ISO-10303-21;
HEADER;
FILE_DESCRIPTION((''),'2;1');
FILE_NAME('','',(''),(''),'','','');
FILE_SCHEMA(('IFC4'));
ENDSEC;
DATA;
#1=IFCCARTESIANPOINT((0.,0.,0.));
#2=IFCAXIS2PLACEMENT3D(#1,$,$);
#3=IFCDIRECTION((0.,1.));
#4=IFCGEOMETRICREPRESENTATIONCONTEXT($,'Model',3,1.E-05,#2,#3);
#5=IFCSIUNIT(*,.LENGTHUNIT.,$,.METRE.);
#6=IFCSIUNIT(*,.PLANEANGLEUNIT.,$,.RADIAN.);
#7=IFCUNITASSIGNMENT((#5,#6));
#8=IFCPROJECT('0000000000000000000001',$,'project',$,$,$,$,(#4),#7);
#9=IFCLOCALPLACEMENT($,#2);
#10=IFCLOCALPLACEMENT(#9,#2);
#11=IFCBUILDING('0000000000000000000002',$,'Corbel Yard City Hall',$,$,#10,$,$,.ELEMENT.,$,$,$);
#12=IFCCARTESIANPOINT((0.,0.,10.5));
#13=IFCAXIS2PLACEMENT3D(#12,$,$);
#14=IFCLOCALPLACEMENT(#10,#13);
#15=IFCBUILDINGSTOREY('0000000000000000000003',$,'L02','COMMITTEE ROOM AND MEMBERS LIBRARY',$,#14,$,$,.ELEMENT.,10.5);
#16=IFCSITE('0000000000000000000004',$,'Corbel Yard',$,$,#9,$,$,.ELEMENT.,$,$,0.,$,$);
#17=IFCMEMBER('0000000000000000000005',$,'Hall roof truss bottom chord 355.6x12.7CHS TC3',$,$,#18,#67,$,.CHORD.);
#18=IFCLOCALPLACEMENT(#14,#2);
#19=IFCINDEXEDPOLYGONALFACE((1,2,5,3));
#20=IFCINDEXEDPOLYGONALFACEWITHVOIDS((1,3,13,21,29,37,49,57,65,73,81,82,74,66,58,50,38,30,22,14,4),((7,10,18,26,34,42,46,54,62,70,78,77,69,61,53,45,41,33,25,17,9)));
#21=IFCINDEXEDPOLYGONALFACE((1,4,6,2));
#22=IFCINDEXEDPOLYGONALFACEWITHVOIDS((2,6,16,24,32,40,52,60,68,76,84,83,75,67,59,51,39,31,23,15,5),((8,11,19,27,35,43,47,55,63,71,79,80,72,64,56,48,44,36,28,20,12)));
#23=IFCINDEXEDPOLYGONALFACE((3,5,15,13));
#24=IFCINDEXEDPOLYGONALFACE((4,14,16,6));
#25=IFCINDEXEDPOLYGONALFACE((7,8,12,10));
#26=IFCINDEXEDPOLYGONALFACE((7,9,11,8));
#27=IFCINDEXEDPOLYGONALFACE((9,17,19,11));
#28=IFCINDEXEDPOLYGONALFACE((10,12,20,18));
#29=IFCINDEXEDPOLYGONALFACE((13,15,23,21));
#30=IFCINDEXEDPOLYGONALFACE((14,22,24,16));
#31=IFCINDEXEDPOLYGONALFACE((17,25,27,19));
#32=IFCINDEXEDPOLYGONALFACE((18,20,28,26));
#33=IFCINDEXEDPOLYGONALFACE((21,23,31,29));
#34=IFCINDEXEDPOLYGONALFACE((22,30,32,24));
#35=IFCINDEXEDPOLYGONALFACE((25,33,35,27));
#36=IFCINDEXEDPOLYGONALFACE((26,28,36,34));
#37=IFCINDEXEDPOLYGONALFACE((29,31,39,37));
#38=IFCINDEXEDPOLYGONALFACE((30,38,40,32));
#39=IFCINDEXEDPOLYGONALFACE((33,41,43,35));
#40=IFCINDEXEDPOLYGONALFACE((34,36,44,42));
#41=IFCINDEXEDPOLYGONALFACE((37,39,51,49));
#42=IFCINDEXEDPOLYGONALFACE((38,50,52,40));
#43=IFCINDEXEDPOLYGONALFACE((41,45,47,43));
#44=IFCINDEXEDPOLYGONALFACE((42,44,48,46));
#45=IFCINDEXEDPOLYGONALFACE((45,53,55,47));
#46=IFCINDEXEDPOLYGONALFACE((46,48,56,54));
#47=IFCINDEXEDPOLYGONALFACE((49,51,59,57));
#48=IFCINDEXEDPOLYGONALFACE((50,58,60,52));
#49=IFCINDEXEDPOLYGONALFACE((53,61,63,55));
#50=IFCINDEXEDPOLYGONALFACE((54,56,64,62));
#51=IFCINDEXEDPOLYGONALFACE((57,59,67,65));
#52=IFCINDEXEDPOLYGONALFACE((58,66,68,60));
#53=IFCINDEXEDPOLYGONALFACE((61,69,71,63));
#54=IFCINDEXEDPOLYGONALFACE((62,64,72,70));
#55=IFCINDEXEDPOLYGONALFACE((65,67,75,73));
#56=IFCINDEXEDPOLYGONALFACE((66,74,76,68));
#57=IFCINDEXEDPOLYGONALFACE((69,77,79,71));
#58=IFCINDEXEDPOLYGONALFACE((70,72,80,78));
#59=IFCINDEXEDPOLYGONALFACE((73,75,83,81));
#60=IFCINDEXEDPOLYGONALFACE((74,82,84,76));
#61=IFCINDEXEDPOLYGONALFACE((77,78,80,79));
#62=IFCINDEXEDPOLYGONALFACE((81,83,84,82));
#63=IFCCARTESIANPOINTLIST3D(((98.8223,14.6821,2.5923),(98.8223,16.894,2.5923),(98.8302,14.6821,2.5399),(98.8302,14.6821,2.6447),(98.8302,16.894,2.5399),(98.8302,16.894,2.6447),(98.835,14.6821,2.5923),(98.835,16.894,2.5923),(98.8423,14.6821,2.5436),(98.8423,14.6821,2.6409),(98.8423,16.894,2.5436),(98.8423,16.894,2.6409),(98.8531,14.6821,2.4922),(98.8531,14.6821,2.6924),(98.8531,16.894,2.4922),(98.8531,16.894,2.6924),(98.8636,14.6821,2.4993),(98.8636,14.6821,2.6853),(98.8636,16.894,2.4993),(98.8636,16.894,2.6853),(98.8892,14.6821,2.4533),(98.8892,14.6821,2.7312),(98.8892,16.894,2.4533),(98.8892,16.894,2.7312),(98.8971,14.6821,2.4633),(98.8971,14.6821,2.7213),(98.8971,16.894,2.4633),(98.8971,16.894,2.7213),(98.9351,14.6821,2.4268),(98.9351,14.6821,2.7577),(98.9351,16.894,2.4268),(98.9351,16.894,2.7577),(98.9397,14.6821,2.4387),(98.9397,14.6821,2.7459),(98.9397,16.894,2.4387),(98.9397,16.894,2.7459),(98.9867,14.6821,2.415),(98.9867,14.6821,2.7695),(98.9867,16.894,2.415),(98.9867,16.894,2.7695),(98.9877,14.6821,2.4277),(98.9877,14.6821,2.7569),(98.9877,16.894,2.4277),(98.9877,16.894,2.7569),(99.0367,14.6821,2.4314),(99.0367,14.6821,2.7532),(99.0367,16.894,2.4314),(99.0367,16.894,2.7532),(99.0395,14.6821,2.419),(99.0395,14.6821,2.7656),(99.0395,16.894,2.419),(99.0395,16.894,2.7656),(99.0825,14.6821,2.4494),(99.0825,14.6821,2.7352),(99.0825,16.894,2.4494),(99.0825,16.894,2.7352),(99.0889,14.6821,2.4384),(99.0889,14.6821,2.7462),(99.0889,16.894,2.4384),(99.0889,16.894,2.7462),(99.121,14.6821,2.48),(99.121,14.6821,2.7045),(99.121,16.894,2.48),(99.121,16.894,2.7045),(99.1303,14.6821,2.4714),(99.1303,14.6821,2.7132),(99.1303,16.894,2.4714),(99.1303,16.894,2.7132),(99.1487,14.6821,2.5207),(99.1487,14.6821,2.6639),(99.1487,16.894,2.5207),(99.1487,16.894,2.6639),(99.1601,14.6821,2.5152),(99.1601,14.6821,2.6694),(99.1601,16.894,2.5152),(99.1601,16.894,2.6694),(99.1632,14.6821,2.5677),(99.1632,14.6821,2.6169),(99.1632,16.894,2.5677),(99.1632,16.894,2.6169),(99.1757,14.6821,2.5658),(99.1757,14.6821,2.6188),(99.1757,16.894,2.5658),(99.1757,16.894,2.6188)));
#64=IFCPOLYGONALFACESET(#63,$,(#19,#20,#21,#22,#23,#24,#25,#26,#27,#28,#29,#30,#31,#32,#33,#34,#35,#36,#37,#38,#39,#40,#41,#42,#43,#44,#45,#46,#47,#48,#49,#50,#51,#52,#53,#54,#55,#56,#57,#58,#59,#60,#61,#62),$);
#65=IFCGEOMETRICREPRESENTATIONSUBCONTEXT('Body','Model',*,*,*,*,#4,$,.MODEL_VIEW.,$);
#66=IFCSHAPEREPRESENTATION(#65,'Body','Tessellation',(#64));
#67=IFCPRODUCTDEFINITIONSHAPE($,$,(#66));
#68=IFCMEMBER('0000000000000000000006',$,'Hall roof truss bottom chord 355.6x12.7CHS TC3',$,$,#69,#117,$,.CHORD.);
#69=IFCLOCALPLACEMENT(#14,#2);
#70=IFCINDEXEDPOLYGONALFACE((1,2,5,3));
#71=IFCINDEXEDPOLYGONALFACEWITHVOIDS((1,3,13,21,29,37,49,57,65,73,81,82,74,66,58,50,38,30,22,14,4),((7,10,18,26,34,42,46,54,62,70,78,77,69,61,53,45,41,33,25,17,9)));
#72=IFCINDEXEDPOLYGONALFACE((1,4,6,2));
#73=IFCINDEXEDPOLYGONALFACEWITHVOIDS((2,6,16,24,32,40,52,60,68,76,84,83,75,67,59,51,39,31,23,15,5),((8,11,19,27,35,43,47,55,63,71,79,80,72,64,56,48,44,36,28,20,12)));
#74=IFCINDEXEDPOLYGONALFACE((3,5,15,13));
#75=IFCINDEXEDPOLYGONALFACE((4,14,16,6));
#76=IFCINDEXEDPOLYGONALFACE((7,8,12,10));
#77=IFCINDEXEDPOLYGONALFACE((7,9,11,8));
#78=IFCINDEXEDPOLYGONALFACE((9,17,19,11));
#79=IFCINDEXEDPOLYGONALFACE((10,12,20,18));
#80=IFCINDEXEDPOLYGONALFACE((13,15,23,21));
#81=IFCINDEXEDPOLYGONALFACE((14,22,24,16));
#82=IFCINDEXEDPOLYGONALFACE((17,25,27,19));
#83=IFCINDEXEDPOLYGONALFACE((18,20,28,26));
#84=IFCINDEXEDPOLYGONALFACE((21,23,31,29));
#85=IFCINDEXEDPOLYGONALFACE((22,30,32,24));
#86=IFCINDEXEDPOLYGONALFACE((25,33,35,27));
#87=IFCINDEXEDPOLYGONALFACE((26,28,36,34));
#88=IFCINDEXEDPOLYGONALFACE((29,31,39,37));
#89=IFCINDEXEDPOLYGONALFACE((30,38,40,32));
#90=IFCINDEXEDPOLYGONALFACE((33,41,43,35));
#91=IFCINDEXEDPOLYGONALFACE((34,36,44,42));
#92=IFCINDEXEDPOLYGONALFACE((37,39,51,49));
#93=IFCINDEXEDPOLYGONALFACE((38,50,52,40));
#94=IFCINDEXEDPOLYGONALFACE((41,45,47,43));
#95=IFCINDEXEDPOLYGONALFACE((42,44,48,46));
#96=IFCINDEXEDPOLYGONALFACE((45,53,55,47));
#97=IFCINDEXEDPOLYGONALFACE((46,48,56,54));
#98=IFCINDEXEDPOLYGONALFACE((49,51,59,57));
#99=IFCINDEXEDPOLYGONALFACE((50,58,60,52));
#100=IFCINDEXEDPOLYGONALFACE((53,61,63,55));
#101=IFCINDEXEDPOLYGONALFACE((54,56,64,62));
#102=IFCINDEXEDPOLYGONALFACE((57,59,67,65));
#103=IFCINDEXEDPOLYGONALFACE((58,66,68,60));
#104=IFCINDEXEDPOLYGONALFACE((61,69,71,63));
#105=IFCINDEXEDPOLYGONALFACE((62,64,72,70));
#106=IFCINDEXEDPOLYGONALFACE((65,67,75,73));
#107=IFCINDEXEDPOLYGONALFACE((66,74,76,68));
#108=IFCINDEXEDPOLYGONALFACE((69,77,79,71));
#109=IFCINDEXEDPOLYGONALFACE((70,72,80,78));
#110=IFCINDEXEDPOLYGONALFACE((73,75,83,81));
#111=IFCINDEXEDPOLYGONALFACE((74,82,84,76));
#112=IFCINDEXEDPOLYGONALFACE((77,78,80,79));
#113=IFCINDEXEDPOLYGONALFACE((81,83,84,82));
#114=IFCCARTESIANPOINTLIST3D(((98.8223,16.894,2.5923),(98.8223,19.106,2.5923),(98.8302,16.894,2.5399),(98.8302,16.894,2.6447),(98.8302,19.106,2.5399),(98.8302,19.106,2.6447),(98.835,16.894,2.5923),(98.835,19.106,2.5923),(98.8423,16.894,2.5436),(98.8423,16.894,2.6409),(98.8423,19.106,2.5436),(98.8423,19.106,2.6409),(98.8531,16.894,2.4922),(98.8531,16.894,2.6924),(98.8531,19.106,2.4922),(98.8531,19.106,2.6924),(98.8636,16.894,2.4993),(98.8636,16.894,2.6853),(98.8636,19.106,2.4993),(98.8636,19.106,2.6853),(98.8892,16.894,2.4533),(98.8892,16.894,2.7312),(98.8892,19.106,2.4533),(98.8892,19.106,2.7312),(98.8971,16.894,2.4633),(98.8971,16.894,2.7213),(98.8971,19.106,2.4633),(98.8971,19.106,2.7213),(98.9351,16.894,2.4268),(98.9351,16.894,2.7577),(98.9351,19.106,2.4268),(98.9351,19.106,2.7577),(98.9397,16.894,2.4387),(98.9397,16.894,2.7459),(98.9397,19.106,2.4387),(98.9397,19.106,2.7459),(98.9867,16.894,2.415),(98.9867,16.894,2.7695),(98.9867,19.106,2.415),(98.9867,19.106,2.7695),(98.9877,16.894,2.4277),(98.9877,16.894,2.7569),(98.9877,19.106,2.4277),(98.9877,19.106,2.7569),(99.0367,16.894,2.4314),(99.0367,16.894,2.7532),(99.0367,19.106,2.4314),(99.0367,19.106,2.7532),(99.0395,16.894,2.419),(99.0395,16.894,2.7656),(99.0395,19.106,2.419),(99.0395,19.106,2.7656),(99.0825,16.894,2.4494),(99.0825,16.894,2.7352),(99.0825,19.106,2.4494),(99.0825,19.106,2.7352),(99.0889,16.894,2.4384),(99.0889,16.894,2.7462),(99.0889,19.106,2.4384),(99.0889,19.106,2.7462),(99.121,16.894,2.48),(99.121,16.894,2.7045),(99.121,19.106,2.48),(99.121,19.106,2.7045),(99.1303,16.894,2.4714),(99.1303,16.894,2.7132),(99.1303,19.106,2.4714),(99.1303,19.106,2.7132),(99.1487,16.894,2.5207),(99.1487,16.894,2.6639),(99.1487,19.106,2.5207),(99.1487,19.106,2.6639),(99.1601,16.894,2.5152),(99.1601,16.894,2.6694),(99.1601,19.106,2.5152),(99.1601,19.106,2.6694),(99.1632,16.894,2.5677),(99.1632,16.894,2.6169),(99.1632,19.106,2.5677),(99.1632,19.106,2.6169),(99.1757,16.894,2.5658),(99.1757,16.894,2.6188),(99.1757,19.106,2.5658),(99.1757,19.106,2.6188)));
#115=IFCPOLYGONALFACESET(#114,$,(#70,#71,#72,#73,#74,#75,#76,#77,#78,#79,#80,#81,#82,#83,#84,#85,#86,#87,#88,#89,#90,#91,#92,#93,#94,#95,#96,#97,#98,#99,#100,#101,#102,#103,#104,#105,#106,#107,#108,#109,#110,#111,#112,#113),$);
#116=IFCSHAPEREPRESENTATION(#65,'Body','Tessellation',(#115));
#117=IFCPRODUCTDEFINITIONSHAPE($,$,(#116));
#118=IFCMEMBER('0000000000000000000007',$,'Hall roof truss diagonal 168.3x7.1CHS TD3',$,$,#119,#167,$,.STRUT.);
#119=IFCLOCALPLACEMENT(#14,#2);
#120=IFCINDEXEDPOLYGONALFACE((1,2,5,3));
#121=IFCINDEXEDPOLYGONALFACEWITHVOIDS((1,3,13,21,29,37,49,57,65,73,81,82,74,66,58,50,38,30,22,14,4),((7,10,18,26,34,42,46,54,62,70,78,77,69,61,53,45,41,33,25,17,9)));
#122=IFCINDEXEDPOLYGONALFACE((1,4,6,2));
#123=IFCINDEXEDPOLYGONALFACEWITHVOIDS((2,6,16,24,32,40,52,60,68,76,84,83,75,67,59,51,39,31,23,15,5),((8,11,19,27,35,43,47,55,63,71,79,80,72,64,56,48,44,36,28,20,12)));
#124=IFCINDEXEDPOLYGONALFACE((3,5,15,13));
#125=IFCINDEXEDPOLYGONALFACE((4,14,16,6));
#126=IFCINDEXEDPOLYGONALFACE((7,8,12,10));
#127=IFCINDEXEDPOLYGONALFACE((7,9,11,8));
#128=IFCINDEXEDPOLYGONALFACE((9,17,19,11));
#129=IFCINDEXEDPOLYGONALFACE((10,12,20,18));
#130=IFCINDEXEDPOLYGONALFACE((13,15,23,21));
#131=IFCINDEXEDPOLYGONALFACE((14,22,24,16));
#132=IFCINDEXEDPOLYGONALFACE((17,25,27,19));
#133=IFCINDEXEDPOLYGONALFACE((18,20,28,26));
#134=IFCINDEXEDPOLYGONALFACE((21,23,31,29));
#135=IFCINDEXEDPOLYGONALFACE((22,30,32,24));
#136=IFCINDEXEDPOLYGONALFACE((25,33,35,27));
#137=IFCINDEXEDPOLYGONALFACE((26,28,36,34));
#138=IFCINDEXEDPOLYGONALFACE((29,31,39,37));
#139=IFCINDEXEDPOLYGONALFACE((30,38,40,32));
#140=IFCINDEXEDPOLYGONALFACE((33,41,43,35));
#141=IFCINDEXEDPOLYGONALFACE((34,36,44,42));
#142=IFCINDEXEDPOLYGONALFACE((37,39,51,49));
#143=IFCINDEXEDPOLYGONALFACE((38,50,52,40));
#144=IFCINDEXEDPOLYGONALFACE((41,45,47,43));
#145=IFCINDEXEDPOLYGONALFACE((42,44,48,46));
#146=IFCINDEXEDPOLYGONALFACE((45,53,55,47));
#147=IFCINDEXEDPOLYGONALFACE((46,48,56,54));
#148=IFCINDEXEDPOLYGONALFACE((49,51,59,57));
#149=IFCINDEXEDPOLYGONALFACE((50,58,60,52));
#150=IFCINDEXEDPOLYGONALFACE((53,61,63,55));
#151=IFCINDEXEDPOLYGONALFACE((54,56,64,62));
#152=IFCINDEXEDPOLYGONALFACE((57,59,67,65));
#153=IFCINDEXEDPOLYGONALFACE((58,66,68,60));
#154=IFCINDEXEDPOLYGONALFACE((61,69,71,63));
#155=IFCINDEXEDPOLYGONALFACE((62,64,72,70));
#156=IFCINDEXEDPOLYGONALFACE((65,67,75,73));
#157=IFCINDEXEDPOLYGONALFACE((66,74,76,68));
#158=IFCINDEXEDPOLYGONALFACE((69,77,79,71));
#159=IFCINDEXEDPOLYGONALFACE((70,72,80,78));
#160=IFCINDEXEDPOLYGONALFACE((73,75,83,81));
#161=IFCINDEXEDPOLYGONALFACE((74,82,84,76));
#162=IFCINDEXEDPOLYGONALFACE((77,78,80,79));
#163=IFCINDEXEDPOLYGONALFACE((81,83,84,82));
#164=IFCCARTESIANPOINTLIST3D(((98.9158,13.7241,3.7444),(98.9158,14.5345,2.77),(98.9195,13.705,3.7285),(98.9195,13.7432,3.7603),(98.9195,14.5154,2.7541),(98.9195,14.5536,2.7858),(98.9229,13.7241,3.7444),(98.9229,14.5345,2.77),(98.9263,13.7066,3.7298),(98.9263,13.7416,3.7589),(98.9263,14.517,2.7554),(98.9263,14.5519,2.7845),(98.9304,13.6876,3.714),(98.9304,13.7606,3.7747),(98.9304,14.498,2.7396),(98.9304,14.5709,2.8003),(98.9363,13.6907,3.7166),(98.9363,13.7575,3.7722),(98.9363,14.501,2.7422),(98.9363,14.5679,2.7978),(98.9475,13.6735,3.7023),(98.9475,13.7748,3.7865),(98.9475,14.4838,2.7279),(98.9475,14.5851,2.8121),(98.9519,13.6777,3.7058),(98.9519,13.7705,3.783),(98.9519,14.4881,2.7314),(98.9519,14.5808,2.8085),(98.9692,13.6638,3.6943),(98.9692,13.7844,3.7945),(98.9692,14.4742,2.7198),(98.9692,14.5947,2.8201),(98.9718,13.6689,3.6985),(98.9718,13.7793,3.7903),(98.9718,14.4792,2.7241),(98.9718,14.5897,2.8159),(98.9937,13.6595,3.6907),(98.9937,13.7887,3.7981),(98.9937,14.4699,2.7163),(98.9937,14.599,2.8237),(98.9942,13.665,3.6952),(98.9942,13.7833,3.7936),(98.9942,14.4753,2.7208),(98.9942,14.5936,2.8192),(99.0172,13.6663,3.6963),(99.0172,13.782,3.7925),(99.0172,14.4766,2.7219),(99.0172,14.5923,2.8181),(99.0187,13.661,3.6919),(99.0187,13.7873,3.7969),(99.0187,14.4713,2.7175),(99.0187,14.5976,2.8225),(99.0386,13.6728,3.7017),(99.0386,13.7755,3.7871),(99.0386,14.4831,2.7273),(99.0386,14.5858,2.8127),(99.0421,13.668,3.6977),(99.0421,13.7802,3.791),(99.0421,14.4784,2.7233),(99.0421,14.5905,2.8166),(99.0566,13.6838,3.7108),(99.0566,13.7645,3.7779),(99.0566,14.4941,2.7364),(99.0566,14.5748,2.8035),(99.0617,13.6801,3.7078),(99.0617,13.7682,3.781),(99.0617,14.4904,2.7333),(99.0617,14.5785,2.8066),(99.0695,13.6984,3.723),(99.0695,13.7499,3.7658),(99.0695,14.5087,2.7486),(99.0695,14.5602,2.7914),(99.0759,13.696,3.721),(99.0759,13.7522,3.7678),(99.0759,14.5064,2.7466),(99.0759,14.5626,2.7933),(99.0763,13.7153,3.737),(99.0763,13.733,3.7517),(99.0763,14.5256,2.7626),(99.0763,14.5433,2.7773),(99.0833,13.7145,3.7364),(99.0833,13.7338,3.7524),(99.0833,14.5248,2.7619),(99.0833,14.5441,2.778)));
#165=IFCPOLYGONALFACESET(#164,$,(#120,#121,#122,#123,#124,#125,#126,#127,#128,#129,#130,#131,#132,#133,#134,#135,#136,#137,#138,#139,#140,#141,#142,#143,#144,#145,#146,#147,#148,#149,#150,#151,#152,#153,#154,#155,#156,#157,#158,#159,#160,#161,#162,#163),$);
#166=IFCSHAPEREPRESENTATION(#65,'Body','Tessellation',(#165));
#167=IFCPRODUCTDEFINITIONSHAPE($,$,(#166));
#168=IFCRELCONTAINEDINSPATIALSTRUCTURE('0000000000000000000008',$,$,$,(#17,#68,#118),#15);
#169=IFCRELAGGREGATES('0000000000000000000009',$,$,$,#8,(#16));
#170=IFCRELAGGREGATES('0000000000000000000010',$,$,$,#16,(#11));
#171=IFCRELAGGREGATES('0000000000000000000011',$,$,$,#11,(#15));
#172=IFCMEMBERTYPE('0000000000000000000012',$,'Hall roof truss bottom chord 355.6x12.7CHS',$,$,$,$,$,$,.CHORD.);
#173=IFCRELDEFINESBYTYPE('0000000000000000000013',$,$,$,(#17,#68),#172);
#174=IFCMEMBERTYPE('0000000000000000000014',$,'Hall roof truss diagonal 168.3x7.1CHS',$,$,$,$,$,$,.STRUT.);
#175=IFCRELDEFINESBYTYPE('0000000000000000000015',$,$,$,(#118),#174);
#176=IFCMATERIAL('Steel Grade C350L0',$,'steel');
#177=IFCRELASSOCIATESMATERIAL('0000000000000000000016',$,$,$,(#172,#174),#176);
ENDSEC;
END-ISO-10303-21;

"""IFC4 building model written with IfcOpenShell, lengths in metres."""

from ifc_helpers import new_model, si_unit, direction, frame, origin, origin_2d, place, context, subcontext, project, spatial, hollow_circle, extrude, material, material_profile, profile_set, type_object, element, save


model = new_model("IFC4")

# Units and contexts
model_context = context("Model", 3, precision=1e-05, world=origin(), true_north=direction((0.0, 1.0)))
body_context = subcontext(model_context, "Body", "Model", "MODEL_VIEW")
ifc_project = project(units=[si_unit("LENGTHUNIT", "METRE"), si_unit("PLANEANGLEUNIT", "RADIAN")], contexts=[model_context])

# Site, building, storey
site_placement = place(None, origin())
site = spatial("IfcSite", under=ifc_project, at=site_placement, Name="Corbel Yard", CompositionType="ELEMENT", RefElevation=0.0)
building_placement = place(site_placement, origin())
building = spatial("IfcBuilding", under=site, at=building_placement, Name="Corbel Yard City Hall", CompositionType="ELEMENT")
storey_placement = place(building_placement, frame((0.0, 0.0, 10.5)))
storey = spatial("IfcBuildingStorey", under=building, at=storey_placement, Name="L02", Description="COMMITTEE ROOM AND MEMBERS LIBRARY", CompositionType="ELEMENT", Elevation=10.5)

# Shared definitions
ifc_material_1 = material(Name="Steel Grade C350L0", Category="steel")

# Members
ifc_material_profile_1 = material_profile(ifc_material_1, hollow_circle(Radius=0.1777, WallThickness=0.0127, at=origin_2d()), Name="355.6x12.7CHS")
ifc_profile_set_1 = profile_set([ifc_material_profile_1], Name="Steel Grade C350L0")
member_type_1 = type_object("IfcMemberType", Name="Hall roof truss bottom chord 355.6x12.7CHS", PredefinedType="CHORD", material=ifc_profile_set_1)
for number, where, z_axis, x_axis, name in (
    (1, (99.0, 14.6821, 2.5923), (0.0, 1.0, 0.0), (-1.0, 0.0, 0.0), "Hall roof truss bottom chord 355.6x12.7CHS TC3"),
    (2, (99.0, 16.894, 2.5923), (0.0, 1.0, 0.0), (-1.0, 0.0, 0.0), "Hall roof truss bottom chord 355.6x12.7CHS TC3"),
):
    element("IfcMember", number, at=place(storey_placement, frame(where, z_axis=z_axis, x_axis=x_axis)), inside=storey, type_object=member_type_1, Name=name, PredefinedType="CHORD", context=body_context, shape_type="SweptSolid", body=[
        extrude(hollow_circle(Radius=0.1777, WallThickness=0.0127, at=origin_2d()), origin(), (0.0, 0.0, 1.0), 2.2119),
    ])
ifc_material_profile_2 = material_profile(ifc_material_1, hollow_circle(Radius=0.0842, WallThickness=0.0071, at=origin_2d()), Name="168.3x7.1CHS")
ifc_profile_set_2 = profile_set([ifc_material_profile_2], Name="Steel Grade C350L0")
member_type_2 = type_object("IfcMemberType", Name="Hall roof truss diagonal 168.3x7.1CHS", PredefinedType="STRUT", material=ifc_profile_set_2)
for number, where, z_axis, x_axis, name in (
    (3, (99.0, 13.7241, 3.7444), (0.0, 0.639407, -0.768868), (-1.0, 0.0, 0.0), "Hall roof truss diagonal 168.3x7.1CHS TD3"),
):
    element("IfcMember", number, at=place(storey_placement, frame(where, z_axis=z_axis, x_axis=x_axis)), inside=storey, type_object=member_type_2, Name=name, PredefinedType="STRUT", context=body_context, shape_type="SweptSolid", body=[
        extrude(hollow_circle(Radius=0.0842, WallThickness=0.0071, at=origin_2d()), origin(), (0.0, 0.0, 1.0), 1.2673),
    ])

save(model, "model.ifc")
